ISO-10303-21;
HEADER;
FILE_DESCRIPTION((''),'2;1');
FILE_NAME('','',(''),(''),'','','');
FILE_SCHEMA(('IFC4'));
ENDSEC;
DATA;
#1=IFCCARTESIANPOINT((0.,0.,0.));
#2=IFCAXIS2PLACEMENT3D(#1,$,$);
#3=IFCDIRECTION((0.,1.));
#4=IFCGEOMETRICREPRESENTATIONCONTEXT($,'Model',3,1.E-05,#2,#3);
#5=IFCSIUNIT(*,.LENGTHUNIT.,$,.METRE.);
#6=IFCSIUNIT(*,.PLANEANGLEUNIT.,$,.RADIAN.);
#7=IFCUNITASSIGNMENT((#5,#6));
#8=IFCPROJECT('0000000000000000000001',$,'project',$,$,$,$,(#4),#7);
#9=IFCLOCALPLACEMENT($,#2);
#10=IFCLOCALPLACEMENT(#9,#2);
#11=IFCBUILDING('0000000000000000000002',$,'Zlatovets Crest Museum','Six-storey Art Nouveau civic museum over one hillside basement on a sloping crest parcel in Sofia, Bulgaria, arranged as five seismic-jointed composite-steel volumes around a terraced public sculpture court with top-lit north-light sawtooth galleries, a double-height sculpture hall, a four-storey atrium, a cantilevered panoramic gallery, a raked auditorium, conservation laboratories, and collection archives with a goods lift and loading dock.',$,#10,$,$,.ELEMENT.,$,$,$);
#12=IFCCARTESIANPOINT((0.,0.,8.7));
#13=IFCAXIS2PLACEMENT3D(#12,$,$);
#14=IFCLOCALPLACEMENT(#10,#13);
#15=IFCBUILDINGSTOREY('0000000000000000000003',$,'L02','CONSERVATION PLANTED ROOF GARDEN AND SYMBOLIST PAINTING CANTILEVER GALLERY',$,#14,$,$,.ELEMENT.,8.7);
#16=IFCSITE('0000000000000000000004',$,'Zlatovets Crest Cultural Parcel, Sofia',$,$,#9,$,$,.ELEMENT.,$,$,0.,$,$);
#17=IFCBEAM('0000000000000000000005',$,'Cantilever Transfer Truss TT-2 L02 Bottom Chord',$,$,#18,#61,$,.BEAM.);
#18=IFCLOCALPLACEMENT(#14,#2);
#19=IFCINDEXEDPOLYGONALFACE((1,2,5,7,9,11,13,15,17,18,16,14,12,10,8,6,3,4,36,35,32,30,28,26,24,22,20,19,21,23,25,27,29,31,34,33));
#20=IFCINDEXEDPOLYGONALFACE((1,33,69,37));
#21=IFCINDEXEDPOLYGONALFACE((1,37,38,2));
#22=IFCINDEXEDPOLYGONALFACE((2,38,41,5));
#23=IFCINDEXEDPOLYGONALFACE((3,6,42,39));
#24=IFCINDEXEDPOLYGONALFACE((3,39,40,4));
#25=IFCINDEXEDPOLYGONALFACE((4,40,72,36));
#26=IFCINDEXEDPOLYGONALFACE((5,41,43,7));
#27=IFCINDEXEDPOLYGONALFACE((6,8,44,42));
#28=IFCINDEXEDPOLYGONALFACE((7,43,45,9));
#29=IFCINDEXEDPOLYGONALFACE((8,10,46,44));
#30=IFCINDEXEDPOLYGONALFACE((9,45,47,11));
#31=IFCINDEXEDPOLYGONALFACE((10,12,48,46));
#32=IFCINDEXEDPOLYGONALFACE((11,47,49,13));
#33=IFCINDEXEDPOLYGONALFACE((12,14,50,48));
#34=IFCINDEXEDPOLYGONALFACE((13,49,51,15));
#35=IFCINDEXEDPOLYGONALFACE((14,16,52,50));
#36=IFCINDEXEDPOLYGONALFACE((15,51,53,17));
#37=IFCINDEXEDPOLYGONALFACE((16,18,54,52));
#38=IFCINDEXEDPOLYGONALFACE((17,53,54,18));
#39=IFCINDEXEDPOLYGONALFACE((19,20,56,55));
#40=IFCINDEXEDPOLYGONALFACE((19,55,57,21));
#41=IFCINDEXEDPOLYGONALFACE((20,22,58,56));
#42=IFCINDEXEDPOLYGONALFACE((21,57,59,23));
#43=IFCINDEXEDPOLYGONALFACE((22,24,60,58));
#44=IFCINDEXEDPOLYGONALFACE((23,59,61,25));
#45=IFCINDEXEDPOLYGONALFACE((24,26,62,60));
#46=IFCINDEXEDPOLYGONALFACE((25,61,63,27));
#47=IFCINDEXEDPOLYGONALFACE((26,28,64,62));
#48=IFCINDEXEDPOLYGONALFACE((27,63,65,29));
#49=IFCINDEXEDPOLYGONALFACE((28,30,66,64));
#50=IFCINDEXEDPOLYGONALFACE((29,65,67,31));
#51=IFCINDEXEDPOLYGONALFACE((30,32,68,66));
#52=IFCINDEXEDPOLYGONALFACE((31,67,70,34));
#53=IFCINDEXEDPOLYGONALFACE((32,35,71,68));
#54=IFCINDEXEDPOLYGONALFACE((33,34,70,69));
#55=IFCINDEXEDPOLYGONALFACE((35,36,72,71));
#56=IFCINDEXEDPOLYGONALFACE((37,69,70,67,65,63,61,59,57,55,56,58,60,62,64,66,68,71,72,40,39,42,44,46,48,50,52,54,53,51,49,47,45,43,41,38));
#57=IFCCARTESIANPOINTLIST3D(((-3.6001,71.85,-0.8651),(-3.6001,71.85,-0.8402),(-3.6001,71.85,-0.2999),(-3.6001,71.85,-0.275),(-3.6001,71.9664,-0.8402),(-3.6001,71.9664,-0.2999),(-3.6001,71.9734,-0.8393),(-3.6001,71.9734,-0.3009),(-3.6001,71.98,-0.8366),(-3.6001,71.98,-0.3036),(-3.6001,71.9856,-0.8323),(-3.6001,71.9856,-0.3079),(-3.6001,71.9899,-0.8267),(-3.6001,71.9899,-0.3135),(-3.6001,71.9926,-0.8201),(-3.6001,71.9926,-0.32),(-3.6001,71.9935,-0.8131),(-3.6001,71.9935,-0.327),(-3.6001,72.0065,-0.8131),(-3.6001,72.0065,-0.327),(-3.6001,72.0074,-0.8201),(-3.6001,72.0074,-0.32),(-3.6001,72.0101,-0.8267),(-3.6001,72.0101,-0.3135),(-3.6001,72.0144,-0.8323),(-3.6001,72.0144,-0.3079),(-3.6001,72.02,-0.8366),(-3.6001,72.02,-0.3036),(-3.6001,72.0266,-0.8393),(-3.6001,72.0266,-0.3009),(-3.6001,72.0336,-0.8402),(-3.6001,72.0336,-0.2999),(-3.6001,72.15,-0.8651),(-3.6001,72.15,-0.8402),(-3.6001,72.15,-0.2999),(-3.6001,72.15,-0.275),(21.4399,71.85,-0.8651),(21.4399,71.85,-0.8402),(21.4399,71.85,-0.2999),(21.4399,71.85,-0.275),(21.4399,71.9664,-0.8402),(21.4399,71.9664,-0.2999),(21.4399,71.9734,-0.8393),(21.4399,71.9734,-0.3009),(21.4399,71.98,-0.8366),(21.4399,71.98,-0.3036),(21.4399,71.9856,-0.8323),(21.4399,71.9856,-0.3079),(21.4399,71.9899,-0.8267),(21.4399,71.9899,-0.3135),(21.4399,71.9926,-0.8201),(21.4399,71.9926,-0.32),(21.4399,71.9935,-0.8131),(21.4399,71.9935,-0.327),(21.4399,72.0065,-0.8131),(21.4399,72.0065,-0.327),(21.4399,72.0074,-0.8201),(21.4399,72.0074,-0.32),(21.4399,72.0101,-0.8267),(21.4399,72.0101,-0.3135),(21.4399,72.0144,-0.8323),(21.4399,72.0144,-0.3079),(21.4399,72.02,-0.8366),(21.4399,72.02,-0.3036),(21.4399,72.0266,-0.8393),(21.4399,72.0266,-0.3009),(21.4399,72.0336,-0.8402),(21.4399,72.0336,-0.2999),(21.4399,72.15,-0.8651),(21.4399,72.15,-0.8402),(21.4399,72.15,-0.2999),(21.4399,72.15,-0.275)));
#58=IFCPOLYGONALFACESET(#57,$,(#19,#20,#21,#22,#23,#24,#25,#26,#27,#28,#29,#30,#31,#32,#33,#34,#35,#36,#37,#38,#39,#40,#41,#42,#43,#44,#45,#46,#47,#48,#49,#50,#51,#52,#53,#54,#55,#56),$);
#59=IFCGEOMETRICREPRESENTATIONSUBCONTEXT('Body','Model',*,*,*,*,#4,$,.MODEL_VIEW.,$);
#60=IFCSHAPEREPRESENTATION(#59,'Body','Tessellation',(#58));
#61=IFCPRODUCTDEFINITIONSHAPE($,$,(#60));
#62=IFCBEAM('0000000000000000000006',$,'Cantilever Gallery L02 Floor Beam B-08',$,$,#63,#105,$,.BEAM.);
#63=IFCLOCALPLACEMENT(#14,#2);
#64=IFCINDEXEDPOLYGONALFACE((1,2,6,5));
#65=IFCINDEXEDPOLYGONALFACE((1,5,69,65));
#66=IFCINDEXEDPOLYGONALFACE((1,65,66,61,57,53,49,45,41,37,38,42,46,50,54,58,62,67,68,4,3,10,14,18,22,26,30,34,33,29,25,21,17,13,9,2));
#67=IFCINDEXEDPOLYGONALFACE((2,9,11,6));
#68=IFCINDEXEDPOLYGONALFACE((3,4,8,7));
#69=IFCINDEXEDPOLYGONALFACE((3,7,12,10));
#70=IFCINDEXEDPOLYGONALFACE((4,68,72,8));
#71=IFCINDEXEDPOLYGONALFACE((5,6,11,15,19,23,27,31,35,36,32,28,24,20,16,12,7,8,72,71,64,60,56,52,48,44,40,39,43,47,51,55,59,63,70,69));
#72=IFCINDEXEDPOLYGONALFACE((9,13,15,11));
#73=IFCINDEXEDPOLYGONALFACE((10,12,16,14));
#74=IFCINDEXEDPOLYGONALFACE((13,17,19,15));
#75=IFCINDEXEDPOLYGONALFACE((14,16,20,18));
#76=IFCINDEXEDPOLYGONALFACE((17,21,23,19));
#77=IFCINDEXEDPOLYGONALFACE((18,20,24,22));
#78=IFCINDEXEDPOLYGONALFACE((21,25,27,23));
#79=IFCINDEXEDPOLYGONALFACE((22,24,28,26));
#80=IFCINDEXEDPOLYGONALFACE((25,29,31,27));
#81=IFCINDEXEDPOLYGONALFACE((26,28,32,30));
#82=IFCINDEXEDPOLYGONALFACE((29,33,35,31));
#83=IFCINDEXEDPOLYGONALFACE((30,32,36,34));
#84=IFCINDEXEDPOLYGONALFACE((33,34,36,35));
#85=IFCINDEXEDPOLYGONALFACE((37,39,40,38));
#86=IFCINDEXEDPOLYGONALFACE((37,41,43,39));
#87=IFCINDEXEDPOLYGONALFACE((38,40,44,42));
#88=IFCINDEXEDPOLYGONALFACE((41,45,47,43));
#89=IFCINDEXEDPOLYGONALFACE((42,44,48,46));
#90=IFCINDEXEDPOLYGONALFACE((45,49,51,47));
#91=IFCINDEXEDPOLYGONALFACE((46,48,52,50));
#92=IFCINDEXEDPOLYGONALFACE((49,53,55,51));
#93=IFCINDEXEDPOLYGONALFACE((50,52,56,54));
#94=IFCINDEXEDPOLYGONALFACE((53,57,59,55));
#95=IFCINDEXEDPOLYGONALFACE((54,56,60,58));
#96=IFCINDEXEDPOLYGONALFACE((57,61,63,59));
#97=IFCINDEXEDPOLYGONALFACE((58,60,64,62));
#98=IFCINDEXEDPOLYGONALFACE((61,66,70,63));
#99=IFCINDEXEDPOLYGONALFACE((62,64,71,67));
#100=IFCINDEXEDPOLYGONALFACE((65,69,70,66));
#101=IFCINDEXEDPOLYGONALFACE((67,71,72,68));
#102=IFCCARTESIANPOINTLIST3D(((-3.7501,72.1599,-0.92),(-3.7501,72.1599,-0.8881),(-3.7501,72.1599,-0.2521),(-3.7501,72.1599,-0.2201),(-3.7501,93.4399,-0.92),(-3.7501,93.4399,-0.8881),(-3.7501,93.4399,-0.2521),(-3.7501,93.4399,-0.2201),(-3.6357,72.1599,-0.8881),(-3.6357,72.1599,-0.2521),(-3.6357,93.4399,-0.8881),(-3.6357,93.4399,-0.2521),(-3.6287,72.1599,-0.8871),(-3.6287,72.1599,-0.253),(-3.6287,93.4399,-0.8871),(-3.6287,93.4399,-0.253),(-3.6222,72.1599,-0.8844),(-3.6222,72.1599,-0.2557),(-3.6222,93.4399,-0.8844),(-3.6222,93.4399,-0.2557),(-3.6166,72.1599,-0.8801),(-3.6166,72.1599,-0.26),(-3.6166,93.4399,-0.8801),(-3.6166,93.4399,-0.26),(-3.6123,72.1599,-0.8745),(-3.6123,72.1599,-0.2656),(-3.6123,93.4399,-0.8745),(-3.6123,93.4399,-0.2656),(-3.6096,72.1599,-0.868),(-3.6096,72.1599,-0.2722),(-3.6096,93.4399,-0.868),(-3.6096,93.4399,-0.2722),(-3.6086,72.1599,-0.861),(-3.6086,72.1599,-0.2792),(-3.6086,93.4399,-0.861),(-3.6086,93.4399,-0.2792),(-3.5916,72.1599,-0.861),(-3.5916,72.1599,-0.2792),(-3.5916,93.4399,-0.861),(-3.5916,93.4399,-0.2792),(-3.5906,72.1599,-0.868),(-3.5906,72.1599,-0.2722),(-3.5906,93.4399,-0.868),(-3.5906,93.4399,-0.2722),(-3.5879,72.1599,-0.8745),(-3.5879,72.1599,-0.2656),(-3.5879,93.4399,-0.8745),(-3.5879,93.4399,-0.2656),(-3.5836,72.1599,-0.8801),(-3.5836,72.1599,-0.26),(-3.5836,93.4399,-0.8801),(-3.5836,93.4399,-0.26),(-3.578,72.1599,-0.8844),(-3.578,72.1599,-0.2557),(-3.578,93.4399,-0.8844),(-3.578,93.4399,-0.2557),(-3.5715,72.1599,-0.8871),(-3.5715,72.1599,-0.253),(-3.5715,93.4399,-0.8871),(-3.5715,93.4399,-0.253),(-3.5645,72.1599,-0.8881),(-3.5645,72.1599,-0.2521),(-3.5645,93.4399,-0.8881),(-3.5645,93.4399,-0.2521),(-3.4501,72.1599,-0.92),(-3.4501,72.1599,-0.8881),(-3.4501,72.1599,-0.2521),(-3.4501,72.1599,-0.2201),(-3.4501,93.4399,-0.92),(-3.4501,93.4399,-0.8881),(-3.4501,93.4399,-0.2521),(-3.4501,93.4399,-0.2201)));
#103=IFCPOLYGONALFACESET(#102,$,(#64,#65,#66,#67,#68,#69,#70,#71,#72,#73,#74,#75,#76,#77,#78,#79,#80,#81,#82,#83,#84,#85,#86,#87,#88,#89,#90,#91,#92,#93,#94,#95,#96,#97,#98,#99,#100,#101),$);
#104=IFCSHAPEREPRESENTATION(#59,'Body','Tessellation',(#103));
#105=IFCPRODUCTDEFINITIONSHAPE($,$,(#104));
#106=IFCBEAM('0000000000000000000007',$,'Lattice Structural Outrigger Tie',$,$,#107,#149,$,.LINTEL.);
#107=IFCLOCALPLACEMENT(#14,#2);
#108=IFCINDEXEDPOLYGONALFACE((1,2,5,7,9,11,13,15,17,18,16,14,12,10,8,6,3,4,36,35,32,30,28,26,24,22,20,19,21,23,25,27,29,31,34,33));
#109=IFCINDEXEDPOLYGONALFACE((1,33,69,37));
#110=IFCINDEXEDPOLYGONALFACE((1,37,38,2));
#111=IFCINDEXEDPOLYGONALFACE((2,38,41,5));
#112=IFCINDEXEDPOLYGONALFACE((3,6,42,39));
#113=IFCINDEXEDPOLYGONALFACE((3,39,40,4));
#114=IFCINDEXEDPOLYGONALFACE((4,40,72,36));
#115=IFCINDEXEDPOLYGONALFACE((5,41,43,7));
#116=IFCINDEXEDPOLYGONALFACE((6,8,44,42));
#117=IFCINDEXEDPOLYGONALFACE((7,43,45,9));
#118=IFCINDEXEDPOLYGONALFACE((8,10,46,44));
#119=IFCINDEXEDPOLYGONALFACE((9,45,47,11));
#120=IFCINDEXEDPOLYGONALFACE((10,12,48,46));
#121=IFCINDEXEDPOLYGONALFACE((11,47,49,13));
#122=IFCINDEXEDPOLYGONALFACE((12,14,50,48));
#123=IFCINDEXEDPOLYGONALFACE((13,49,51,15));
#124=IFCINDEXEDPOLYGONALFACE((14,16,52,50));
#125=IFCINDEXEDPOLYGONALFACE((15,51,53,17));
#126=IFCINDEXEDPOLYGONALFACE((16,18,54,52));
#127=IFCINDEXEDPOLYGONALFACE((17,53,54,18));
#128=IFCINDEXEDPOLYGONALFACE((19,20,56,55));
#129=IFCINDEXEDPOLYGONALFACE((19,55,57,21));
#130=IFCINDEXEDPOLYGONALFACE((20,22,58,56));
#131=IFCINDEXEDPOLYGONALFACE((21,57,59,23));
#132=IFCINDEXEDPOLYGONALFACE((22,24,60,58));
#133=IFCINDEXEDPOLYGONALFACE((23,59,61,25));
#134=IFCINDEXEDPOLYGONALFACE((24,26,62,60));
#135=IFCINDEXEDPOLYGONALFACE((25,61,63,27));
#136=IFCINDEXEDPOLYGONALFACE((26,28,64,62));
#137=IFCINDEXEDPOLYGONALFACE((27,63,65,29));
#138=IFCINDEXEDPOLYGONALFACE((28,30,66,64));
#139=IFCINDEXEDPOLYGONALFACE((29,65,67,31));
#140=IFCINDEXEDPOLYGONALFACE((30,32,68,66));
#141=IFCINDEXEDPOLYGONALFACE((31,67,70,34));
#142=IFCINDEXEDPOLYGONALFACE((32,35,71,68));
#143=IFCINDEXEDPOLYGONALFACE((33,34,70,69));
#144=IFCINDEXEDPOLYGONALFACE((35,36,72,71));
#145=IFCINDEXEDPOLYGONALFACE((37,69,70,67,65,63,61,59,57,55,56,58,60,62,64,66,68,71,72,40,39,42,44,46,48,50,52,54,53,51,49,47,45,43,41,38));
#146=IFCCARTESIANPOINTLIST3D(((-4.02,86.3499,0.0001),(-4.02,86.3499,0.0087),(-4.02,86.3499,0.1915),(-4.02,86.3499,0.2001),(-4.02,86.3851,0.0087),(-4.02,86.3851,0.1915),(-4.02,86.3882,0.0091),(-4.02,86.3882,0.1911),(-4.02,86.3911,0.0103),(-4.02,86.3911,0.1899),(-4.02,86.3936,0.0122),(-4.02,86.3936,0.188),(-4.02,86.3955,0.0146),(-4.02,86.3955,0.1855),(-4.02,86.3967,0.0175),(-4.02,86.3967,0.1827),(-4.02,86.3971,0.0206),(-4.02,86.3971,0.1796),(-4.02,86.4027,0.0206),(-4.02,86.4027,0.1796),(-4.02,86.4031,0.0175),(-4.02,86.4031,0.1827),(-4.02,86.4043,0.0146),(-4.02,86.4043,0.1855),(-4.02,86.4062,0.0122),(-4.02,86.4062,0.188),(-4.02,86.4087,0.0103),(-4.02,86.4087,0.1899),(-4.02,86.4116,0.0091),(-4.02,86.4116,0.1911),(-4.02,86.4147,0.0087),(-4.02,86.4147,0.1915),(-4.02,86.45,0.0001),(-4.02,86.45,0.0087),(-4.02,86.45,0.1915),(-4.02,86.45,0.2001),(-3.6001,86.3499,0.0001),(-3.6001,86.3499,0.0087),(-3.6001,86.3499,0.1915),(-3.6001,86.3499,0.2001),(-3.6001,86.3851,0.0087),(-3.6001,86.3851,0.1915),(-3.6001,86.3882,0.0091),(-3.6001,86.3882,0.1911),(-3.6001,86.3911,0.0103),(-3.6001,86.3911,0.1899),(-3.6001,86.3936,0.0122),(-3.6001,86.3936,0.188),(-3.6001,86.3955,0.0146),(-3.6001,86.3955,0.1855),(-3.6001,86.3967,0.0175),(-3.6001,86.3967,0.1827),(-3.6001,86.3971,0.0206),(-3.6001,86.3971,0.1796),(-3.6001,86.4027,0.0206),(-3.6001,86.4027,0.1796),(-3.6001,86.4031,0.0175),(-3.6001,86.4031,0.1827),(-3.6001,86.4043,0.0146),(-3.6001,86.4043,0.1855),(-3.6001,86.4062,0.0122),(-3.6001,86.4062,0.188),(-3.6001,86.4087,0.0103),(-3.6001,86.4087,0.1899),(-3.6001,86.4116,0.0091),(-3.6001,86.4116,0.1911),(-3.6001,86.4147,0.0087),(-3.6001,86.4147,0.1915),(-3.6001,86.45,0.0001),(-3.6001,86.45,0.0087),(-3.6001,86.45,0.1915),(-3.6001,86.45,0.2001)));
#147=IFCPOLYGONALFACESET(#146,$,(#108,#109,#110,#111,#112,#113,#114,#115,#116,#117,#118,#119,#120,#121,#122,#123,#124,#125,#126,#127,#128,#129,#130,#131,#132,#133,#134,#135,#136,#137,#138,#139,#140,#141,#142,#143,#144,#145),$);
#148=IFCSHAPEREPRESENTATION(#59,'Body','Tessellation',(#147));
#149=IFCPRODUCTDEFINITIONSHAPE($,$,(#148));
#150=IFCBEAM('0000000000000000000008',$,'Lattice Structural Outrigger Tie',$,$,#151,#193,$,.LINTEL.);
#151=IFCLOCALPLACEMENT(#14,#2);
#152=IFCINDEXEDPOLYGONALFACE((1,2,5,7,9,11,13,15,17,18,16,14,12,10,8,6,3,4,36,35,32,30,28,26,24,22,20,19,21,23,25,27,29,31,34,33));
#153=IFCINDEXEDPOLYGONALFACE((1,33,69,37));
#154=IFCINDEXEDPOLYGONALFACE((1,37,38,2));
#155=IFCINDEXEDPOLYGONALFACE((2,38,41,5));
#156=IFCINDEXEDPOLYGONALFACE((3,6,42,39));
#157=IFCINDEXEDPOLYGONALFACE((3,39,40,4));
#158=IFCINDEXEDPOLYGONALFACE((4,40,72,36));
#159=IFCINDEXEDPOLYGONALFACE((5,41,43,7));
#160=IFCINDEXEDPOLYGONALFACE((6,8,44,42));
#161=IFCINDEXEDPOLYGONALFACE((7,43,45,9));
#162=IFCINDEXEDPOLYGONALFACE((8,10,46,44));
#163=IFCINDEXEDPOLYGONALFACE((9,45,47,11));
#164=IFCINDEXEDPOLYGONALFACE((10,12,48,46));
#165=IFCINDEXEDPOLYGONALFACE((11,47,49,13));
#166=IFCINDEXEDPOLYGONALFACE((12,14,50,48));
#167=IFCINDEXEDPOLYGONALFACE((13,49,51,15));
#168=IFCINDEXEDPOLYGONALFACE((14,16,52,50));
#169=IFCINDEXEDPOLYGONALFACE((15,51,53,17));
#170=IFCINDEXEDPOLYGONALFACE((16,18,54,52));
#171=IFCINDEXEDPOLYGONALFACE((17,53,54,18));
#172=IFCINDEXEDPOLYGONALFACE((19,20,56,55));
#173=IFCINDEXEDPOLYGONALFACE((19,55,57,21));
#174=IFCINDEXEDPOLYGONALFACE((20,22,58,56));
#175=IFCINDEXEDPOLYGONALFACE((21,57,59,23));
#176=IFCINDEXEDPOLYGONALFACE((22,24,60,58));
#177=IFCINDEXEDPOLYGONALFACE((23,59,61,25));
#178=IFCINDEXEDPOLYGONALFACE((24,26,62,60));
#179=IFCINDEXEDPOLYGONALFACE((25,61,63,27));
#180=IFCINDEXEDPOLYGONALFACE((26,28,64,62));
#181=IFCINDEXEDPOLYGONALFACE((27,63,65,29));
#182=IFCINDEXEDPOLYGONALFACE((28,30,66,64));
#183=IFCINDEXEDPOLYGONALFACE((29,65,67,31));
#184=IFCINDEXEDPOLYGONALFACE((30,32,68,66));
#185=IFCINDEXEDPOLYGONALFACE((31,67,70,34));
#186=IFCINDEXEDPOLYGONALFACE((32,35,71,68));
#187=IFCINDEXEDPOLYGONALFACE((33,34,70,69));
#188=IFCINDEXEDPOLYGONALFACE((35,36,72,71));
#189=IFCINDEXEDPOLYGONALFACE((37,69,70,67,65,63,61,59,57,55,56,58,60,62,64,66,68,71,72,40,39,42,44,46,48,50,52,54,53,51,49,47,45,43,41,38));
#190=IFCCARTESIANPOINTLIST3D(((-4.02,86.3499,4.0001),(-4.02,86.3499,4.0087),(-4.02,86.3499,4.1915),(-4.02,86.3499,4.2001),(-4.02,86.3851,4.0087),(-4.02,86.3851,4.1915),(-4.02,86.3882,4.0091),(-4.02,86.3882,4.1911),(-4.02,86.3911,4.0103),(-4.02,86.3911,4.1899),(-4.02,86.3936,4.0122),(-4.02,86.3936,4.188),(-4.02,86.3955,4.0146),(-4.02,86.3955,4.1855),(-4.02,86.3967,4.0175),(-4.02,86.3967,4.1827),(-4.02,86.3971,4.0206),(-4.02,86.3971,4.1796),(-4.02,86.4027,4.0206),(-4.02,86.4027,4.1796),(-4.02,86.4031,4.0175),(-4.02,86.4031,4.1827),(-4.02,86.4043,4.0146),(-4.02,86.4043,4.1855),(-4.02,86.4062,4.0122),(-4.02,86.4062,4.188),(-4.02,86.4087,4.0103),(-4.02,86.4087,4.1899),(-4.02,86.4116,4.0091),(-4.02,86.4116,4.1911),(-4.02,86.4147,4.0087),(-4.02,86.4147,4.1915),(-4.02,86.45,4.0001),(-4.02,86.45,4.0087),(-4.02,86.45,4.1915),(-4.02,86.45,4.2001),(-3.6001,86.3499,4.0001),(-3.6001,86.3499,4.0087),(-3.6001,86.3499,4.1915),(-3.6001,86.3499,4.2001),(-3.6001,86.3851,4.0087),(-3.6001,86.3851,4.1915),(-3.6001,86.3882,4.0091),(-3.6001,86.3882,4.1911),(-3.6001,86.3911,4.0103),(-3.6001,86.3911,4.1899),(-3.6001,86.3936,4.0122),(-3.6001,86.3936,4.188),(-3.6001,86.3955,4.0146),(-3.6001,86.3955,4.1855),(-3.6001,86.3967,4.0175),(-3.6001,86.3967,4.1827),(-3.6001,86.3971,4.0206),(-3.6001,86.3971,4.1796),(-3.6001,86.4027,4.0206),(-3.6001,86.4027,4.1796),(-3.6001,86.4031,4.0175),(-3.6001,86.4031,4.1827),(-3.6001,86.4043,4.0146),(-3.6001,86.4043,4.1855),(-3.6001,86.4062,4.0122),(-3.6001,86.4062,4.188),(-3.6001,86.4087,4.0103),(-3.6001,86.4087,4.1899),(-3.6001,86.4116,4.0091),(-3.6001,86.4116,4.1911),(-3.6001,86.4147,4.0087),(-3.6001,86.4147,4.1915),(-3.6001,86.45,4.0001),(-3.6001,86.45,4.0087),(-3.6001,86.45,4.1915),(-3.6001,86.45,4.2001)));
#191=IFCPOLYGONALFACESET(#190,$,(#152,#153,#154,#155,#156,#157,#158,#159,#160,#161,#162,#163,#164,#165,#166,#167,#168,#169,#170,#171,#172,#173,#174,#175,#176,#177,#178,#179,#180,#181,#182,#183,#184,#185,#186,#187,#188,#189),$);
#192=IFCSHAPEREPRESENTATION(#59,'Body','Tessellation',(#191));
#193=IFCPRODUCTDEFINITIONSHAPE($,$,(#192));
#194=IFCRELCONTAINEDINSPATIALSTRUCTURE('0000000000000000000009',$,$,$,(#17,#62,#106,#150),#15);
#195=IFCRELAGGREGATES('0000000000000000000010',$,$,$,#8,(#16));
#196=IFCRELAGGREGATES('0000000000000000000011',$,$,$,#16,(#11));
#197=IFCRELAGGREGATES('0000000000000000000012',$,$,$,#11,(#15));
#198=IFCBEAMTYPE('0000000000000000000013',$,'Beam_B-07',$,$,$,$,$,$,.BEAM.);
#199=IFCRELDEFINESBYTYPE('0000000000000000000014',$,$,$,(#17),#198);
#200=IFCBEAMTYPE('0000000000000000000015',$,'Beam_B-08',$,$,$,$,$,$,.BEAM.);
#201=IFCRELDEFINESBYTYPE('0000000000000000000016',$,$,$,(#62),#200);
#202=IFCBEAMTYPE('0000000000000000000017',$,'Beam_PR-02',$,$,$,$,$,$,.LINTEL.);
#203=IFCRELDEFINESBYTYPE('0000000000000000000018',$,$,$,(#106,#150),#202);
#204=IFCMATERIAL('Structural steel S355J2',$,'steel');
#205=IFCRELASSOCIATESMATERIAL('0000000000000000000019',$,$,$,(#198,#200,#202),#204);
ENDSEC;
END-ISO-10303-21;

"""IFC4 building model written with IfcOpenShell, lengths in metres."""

from ifc_helpers import new_model, si_unit, direction, frame, origin, origin_2d, place, context, subcontext, project, spatial, i_section, extrude, material, material_profile, profile_set, type_object, element, save


model = new_model("IFC4")

# Units and contexts
model_context = context("Model", 3, precision=1e-05, world=origin(), true_north=direction((0.0, 1.0)))
body_context = subcontext(model_context, "Body", "Model", "MODEL_VIEW")
ifc_project = project(units=[si_unit("LENGTHUNIT", "METRE"), si_unit("PLANEANGLEUNIT", "RADIAN")], contexts=[model_context])

# Site, building, storey
site_placement = place(None, origin())
site = spatial("IfcSite", under=ifc_project, at=site_placement, Name="Zlatovets Crest Cultural Parcel, Sofia", CompositionType="ELEMENT", RefElevation=0.0)
building_placement = place(site_placement, origin())
building = spatial("IfcBuilding", under=site, at=building_placement, Name="Zlatovets Crest Museum", Description="Six-storey Art Nouveau civic museum over one hillside basement on a sloping crest parcel in Sofia, Bulgaria, arranged as five seismic-jointed composite-steel volumes around a terraced public sculpture court with top-lit north-light sawtooth galleries, a double-height sculpture hall, a four-storey atrium, a cantilevered panoramic gallery, a raked auditorium, conservation laboratories, and collection archives with a goods lift and loading dock.", CompositionType="ELEMENT")
storey_placement = place(building_placement, frame((0.0, 0.0, 8.7)))
storey = spatial("IfcBuildingStorey", under=building, at=storey_placement, Name="L02", Description="CONSERVATION PLANTED ROOF GARDEN AND SYMBOLIST PAINTING CANTILEVER GALLERY", CompositionType="ELEMENT", Elevation=8.7)

# Beams
ifc_material_1 = material(Name="Structural steel S355J2", Category="steel")
ifc_material_profile_1 = material_profile(ifc_material_1, i_section(OverallWidth=0.3, OverallDepth=0.5901, WebThickness=0.0129, FlangeThickness=0.0249, FilletRadius=0.0271, at=origin_2d()), Name="HEA 600")
ifc_profile_set_1 = profile_set([ifc_material_profile_1], Name="Structural steel S355J2")
beam_type_1 = type_object("IfcBeamType", Name="Beam_B-07", PredefinedType="BEAM", material=ifc_profile_set_1)
beam_1_placement = place(storey_placement, frame((-3.6001, 72.0, -0.5701), z_axis=(1.0, 0.0, 0.0), x_axis=(0.0, 1.0, 0.0)))
element("IfcBeam", 1, at=beam_1_placement, inside=storey, type_object=beam_type_1, Name="Cantilever Transfer Truss TT-2 L02 Bottom Chord", PredefinedType="BEAM", context=body_context, shape_type="SweptSolid", body=[
    extrude(i_section(OverallWidth=0.3, OverallDepth=0.5901, WebThickness=0.0129, FlangeThickness=0.0249, FilletRadius=0.0271, at=origin_2d()), origin(), (0.0, 0.0, 1.0), 25.04),
])
ifc_material_profile_2 = material_profile(ifc_material_1, i_section(OverallWidth=0.3, OverallDepth=0.7, WebThickness=0.0171, FlangeThickness=0.032, FilletRadius=0.0271, at=origin_2d()), Name="HEB 700")
ifc_profile_set_2 = profile_set([ifc_material_profile_2], Name="Structural steel S355J2")
beam_type_2 = type_object("IfcBeamType", Name="Beam_B-08", PredefinedType="BEAM", material=ifc_profile_set_2)
beam_2_placement = place(storey_placement, frame((-3.6001, 72.1599, -0.5701), z_axis=(0.0, 1.0, 0.0), x_axis=(-1.0, 0.0, 0.0)))
element("IfcBeam", 2, at=beam_2_placement, inside=storey, type_object=beam_type_2, Name="Cantilever Gallery L02 Floor Beam B-08", PredefinedType="BEAM", context=body_context, shape_type="SweptSolid", body=[
    extrude(i_section(OverallWidth=0.3, OverallDepth=0.7, WebThickness=0.0171, FlangeThickness=0.032, FilletRadius=0.0271, at=origin_2d()), origin(), (0.0, 0.0, 1.0), 21.28),
])
ifc_material_profile_3 = material_profile(ifc_material_1, i_section(OverallWidth=0.1001, OverallDepth=0.2, WebThickness=0.0056, FlangeThickness=0.0085, FilletRadius=0.012, at=origin_2d()), Name="IPE 200")
ifc_profile_set_3 = profile_set([ifc_material_profile_3], Name="Structural steel S355J2")
beam_type_3 = type_object("IfcBeamType", Name="Beam_PR-02", PredefinedType="LINTEL", material=ifc_profile_set_3)
for number, where, z_axis, x_axis, name in (
    (3, (-3.6001, 86.3999, 0.1001), (-1.0, 0.0, 0.0), (0.0, -1.0, 0.0), "Lattice Structural Outrigger Tie"),
    (4, (-3.6001, 86.3999, 4.1001), (-1.0, 0.0, 0.0), (0.0, -1.0, 0.0), "Lattice Structural Outrigger Tie"),
):
    element("IfcBeam", number, at=place(storey_placement, frame(where, z_axis=z_axis, x_axis=x_axis)), inside=storey, type_object=beam_type_3, Name=name, PredefinedType="LINTEL", context=body_context, shape_type="SweptSolid", body=[
        extrude(i_section(OverallWidth=0.1001, OverallDepth=0.2, WebThickness=0.0056, FlangeThickness=0.0085, FilletRadius=0.012, at=origin_2d()), origin(), (0.0, 0.0, 1.0), 0.4199),
    ])

save(model, "model.ifc")
